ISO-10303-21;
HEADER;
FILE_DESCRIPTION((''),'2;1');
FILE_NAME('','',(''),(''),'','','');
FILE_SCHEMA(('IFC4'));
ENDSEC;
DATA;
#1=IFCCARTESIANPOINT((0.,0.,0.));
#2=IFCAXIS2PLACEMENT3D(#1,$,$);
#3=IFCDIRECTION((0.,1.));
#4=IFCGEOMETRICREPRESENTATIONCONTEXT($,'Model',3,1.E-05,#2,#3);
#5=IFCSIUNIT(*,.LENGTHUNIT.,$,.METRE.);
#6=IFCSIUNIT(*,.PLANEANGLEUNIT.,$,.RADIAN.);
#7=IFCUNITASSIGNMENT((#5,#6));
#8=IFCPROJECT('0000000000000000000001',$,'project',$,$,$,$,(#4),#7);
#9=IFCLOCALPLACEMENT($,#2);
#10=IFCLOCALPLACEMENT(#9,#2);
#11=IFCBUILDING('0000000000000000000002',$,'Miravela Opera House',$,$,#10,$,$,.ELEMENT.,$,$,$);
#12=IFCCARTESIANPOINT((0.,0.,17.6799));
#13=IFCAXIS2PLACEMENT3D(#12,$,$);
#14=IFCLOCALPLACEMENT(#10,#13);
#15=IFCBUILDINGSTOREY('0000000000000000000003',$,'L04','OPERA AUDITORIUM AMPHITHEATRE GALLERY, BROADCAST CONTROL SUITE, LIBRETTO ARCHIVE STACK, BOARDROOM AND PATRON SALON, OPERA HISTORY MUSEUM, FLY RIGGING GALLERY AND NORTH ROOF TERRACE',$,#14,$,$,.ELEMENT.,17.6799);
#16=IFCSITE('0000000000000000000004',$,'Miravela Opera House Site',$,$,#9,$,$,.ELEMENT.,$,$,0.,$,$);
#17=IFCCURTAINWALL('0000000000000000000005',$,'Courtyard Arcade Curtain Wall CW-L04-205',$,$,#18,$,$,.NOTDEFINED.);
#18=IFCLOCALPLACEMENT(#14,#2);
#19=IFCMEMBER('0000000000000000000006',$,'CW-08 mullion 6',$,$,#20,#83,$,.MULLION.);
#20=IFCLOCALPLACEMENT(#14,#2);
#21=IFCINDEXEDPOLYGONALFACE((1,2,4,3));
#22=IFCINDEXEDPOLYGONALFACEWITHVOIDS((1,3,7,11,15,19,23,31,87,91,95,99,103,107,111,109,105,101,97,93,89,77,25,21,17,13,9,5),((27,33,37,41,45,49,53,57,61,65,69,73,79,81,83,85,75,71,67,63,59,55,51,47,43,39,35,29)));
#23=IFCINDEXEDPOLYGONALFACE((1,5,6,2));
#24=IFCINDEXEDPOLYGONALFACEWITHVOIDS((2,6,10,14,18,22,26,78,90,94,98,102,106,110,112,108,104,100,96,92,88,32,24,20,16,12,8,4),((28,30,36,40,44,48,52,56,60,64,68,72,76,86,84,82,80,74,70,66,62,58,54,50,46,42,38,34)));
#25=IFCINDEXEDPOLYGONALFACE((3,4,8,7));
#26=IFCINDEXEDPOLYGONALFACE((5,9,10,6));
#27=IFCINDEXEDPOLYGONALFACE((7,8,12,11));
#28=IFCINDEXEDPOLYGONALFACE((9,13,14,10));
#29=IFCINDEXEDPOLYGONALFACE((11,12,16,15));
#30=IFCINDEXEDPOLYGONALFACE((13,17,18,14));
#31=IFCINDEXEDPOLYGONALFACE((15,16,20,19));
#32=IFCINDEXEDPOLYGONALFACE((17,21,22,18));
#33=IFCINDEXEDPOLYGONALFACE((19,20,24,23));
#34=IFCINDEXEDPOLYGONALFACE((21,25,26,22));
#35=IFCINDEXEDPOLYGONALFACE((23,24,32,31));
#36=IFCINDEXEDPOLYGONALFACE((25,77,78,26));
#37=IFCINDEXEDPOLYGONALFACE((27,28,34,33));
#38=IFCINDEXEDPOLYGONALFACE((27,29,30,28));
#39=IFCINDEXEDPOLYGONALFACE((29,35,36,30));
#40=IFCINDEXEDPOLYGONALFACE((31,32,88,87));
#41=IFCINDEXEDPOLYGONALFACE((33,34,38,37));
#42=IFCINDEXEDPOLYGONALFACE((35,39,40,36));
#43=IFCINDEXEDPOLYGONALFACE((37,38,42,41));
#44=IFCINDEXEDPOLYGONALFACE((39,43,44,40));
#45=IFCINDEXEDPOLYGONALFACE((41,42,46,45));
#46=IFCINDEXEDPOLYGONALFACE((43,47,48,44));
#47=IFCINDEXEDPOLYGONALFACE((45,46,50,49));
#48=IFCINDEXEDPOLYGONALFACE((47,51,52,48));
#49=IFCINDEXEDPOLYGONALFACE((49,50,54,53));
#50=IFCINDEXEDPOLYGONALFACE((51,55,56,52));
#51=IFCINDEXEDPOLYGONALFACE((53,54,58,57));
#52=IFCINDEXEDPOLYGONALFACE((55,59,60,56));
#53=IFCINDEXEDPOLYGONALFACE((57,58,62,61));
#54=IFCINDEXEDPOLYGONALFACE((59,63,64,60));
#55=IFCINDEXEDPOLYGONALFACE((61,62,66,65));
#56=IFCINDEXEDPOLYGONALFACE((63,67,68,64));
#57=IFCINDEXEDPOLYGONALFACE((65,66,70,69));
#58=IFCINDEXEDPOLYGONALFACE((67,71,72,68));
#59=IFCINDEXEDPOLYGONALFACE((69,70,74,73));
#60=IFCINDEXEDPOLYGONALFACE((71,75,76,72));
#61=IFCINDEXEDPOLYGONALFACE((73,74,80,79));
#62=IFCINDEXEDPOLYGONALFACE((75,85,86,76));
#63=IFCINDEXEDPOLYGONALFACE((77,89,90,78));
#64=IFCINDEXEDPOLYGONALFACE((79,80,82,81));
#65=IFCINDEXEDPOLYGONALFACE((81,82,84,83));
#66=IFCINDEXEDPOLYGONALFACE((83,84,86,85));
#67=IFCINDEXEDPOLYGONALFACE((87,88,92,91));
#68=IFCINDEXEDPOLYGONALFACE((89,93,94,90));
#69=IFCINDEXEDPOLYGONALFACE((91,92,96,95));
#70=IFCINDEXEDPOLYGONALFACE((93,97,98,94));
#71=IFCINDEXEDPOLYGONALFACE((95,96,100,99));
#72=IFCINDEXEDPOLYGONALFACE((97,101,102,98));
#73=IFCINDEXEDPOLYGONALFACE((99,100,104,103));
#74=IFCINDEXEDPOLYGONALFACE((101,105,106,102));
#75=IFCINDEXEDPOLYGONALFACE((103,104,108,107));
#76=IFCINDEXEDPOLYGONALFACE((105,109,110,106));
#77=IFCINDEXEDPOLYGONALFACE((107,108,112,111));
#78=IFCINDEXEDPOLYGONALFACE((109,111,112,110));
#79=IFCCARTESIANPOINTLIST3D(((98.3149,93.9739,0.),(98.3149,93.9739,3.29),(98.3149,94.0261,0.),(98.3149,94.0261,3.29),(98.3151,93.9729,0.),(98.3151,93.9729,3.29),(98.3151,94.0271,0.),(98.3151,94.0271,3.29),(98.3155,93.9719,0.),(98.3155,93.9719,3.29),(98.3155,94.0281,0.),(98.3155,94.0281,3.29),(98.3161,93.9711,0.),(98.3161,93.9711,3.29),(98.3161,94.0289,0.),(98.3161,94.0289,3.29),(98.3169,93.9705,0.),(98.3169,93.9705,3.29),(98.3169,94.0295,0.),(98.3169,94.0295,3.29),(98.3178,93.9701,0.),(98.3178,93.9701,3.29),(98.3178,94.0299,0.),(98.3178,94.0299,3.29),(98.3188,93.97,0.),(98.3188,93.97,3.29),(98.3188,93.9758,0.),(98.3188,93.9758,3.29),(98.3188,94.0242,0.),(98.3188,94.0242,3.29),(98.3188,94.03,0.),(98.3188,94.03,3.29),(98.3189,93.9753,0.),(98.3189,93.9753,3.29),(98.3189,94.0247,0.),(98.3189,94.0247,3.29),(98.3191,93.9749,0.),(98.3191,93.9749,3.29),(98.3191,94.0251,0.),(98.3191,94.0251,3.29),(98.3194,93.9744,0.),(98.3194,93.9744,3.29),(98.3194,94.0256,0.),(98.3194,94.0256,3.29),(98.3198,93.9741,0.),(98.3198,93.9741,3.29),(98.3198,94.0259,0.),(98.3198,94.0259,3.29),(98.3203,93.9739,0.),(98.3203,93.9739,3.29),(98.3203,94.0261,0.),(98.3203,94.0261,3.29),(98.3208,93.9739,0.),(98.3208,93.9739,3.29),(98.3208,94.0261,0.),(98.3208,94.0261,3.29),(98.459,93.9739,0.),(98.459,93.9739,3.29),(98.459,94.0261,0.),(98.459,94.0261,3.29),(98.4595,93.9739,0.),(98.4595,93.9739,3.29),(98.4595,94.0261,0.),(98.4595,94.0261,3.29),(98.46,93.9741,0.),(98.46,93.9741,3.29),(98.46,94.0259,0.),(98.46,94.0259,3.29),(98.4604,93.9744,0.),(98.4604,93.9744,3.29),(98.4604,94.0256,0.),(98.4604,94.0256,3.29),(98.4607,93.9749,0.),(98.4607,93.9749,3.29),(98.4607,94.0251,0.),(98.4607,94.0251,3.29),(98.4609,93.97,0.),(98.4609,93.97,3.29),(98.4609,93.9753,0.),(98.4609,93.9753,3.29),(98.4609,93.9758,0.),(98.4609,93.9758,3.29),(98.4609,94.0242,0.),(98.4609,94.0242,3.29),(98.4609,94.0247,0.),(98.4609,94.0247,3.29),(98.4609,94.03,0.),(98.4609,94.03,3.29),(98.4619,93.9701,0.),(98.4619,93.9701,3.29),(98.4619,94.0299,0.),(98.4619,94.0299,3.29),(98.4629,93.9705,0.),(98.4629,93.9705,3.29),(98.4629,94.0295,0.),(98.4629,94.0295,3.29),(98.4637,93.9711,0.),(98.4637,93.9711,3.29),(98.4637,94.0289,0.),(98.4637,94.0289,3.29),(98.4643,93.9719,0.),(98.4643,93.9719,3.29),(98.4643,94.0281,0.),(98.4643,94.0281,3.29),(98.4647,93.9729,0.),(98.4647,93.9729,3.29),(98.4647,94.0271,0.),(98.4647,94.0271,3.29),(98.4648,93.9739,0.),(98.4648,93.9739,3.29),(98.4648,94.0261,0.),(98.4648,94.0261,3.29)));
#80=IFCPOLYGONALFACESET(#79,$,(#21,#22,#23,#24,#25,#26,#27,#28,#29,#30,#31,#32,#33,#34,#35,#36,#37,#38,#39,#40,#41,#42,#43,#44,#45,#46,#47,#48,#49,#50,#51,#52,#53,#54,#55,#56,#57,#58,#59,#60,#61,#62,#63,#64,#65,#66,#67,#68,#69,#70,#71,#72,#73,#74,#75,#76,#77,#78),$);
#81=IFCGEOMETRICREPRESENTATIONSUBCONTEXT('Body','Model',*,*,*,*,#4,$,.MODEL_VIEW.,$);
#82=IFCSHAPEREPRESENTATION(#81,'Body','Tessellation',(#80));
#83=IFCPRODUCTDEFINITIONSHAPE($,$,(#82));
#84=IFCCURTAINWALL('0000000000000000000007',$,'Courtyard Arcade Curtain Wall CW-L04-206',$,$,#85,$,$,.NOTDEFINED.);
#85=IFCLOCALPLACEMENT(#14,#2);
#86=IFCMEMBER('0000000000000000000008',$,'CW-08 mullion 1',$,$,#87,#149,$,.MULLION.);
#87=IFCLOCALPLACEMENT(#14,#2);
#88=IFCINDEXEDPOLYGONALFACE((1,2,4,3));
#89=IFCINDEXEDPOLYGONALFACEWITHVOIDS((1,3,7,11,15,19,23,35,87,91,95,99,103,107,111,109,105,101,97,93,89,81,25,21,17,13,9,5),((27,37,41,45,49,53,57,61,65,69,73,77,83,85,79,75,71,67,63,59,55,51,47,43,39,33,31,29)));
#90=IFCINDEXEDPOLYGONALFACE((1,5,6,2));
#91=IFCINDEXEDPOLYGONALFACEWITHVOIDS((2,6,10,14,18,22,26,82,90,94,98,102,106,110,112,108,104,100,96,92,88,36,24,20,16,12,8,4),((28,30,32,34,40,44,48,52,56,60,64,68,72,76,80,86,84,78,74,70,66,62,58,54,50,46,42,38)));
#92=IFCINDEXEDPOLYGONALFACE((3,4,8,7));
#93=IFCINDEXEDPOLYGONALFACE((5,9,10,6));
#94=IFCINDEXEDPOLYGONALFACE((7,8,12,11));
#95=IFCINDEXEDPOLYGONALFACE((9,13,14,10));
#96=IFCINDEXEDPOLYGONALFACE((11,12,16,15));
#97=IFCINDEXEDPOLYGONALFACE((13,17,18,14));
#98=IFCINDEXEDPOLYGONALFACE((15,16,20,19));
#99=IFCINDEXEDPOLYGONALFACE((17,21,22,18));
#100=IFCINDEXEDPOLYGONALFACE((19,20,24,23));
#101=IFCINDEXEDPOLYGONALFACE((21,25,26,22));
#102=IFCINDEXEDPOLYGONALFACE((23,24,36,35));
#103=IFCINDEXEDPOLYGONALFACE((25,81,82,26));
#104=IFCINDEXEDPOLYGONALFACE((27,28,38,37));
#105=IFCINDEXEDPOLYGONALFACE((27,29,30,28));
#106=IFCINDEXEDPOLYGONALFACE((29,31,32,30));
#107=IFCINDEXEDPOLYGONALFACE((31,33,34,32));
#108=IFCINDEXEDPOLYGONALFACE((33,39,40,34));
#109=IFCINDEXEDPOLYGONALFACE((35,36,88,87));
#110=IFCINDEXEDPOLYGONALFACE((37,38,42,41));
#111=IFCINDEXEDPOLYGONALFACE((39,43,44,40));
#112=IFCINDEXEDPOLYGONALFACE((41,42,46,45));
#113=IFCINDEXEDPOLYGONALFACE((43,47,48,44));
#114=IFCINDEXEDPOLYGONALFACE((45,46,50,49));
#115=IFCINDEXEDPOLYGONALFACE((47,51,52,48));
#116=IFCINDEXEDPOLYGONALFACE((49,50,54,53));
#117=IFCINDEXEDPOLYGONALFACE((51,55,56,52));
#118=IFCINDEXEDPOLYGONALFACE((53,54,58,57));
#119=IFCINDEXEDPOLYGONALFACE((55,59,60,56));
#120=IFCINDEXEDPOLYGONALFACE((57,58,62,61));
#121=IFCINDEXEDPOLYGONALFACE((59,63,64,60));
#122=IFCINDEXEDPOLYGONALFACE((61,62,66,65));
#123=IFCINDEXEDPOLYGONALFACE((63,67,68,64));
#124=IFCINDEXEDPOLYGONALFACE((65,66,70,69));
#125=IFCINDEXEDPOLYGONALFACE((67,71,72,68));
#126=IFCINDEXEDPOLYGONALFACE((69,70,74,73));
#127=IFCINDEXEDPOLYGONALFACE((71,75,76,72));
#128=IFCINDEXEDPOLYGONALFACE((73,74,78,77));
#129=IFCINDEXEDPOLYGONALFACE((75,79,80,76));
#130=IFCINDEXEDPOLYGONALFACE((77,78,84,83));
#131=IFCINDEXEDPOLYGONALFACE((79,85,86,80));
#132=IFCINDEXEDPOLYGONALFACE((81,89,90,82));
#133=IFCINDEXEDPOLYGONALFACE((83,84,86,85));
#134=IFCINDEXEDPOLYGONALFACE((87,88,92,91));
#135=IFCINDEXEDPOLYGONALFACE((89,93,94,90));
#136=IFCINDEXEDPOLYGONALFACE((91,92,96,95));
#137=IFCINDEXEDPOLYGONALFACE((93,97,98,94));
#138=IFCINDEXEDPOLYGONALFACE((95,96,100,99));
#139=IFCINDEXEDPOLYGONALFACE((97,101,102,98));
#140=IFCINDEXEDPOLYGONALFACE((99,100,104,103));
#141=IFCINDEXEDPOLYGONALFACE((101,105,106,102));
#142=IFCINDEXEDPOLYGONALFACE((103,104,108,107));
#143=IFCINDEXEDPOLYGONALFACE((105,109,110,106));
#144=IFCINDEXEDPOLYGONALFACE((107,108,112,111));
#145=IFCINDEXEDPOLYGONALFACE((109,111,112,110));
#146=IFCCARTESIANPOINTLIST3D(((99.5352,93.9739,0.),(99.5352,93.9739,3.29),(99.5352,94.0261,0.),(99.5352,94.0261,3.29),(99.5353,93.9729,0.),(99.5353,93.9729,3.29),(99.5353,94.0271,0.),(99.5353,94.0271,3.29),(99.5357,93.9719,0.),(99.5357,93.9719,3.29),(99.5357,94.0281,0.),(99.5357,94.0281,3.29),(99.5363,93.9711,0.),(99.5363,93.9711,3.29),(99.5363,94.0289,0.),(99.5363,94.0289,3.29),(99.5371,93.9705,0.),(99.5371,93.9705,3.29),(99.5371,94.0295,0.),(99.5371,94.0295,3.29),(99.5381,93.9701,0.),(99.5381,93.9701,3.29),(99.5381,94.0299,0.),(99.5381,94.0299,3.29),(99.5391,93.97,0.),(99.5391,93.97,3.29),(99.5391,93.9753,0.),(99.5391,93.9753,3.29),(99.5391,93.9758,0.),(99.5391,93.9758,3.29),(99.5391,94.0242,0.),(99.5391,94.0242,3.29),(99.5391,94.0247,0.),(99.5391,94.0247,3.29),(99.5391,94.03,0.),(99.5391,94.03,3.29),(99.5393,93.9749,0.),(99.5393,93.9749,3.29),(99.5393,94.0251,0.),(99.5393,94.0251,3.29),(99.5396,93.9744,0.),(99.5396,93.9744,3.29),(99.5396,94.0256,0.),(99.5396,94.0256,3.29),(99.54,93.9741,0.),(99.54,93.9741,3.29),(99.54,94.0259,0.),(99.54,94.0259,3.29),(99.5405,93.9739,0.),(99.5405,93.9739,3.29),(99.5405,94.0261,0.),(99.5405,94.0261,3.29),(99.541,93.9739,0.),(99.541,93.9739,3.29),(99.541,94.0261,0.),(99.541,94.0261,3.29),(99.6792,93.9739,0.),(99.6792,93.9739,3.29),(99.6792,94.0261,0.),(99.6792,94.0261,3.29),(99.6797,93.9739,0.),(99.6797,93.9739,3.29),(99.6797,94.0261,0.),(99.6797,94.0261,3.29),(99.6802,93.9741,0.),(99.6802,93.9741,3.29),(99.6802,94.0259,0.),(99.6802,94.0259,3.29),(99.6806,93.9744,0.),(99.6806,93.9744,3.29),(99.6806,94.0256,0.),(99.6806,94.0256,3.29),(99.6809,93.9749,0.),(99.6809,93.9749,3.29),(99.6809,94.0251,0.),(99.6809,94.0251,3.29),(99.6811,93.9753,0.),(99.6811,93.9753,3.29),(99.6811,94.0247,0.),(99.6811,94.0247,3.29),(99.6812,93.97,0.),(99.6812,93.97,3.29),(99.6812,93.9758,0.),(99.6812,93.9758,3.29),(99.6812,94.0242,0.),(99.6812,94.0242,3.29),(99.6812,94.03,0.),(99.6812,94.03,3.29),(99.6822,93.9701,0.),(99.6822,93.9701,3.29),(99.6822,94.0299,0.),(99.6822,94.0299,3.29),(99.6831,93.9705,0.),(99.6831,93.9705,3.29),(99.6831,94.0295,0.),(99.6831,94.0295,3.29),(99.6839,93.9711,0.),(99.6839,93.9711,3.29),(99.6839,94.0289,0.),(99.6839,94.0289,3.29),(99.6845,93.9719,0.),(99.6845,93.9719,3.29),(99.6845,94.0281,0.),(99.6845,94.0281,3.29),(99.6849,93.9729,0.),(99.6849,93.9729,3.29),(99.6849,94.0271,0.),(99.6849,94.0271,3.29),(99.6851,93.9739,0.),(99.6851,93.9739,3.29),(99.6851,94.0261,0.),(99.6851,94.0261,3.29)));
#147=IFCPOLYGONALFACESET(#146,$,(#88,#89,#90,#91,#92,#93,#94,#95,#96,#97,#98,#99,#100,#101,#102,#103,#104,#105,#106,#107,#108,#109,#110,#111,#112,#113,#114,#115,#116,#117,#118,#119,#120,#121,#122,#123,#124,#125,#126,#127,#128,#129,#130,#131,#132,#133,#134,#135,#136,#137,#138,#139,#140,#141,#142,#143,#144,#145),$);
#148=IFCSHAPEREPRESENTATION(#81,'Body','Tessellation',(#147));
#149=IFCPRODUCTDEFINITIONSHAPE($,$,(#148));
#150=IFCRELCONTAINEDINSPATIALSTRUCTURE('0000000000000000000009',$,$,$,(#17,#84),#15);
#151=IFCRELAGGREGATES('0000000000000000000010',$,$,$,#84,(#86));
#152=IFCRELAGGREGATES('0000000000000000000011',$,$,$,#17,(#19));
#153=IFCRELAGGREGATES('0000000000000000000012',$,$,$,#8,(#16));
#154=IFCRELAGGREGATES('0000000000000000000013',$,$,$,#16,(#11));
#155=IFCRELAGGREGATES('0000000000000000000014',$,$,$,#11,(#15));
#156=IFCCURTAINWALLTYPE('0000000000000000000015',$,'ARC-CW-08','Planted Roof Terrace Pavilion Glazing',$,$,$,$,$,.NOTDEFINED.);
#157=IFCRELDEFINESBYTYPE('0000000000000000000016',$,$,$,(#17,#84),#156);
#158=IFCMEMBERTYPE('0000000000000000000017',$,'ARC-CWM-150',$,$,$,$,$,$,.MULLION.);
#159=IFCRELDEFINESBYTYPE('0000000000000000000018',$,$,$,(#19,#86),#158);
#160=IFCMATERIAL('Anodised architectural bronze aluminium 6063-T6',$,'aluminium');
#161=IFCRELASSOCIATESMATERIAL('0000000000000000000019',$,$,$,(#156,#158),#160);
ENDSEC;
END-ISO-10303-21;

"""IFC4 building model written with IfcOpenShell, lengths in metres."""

from ifc_helpers import new_model, si_unit, direction, frame, origin, origin_2d, place, context, subcontext, project, spatial, hollow_rectangle, extrude, material, material_profile, profile_set, type_object, element, aggregate, save


model = new_model("IFC4")

# Units and contexts
model_context = context("Model", 3, precision=1e-05, world=origin(), true_north=direction((0.0, 1.0)))
body_context = subcontext(model_context, "Body", "Model", "MODEL_VIEW")
ifc_project = project(units=[si_unit("LENGTHUNIT", "METRE"), si_unit("PLANEANGLEUNIT", "RADIAN")], contexts=[model_context])

# Site, building, storey
site_placement = place(None, origin())
site = spatial("IfcSite", under=ifc_project, at=site_placement, Name="Miravela Opera House Site", CompositionType="ELEMENT", RefElevation=0.0)
building_placement = place(site_placement, origin())
building = spatial("IfcBuilding", under=site, at=building_placement, Name="Miravela Opera House", CompositionType="ELEMENT")
storey_placement = place(building_placement, frame((0.0, 0.0, 17.6799)))
storey = spatial("IfcBuildingStorey", under=building, at=storey_placement, Name="L04", Description="OPERA AUDITORIUM AMPHITHEATRE GALLERY, BROADCAST CONTROL SUITE, LIBRETTO ARCHIVE STACK, BOARDROOM AND PATRON SALON, OPERA HISTORY MUSEUM, FLY RIGGING GALLERY AND NORTH ROOF TERRACE", CompositionType="ELEMENT", Elevation=17.6799)

# Curtain wall, member
ifc_material_1 = material(Name="Anodised architectural bronze aluminium 6063-T6", Category="aluminium")
curtain_wall_type = type_object("IfcCurtainWallType", Name="ARC-CW-08", Description="Planted Roof Terrace Pavilion Glazing", PredefinedType="NOTDEFINED", material=ifc_material_1)
curtain_wall_1_placement = place(storey_placement, origin())
curtain_wall_1 = element("IfcCurtainWall", 1, at=curtain_wall_1_placement, inside=storey, type_object=curtain_wall_type, Name="Courtyard Arcade Curtain Wall CW-L04-205", PredefinedType="NOTDEFINED")
ifc_material_profile_1 = material_profile(ifc_material_1, hollow_rectangle(XDim=0.0601, YDim=0.1499, WallThickness=0.0039, InnerFilletRadius=0.002, OuterFilletRadius=0.0039, at=origin_2d()), Name="CWM-60X150")
ifc_profile_set_1 = profile_set([ifc_material_profile_1])
member_type_1 = type_object("IfcMemberType", Name="ARC-CWM-150", PredefinedType="MULLION", material=ifc_profile_set_1)
member_1_placement = place(storey_placement, frame((98.3899, 94.0, 0.0), z_axis=(0.0, 0.0, 1.0), x_axis=(0.0, 1.0, 0.0)))
member_1 = element("IfcMember", 2, at=member_1_placement, type_object=member_type_1, Name="CW-08 mullion 6", PredefinedType="MULLION", context=body_context, shape_type="SweptSolid", body=[
    extrude(hollow_rectangle(XDim=0.0601, YDim=0.1499, WallThickness=0.0039, InnerFilletRadius=0.002, OuterFilletRadius=0.0039, at=origin_2d()), origin(), (0.0, 0.0, 1.0), 3.29),
])

# Curtain wall, member
curtain_wall_2_placement = place(storey_placement, origin())
curtain_wall_2 = element("IfcCurtainWall", 3, at=curtain_wall_2_placement, inside=storey, type_object=curtain_wall_type, Name="Courtyard Arcade Curtain Wall CW-L04-206", PredefinedType="NOTDEFINED")
member_2_placement = place(storey_placement, frame((99.6101, 94.0, 0.0), z_axis=(0.0, 0.0, 1.0), x_axis=(0.0, 1.0, 0.0)))
member_2 = element("IfcMember", 4, at=member_2_placement, type_object=member_type_1, Name="CW-08 mullion 1", PredefinedType="MULLION", context=body_context, shape_type="SweptSolid", body=[
    extrude(hollow_rectangle(XDim=0.0601, YDim=0.1499, WallThickness=0.0039, InnerFilletRadius=0.002, OuterFilletRadius=0.0039, at=origin_2d()), origin(), (0.0, 0.0, 1.0), 3.29),
])

aggregate(curtain_wall_2, [member_2])

aggregate(curtain_wall_1, [member_1])

save(model, "model.ifc")
